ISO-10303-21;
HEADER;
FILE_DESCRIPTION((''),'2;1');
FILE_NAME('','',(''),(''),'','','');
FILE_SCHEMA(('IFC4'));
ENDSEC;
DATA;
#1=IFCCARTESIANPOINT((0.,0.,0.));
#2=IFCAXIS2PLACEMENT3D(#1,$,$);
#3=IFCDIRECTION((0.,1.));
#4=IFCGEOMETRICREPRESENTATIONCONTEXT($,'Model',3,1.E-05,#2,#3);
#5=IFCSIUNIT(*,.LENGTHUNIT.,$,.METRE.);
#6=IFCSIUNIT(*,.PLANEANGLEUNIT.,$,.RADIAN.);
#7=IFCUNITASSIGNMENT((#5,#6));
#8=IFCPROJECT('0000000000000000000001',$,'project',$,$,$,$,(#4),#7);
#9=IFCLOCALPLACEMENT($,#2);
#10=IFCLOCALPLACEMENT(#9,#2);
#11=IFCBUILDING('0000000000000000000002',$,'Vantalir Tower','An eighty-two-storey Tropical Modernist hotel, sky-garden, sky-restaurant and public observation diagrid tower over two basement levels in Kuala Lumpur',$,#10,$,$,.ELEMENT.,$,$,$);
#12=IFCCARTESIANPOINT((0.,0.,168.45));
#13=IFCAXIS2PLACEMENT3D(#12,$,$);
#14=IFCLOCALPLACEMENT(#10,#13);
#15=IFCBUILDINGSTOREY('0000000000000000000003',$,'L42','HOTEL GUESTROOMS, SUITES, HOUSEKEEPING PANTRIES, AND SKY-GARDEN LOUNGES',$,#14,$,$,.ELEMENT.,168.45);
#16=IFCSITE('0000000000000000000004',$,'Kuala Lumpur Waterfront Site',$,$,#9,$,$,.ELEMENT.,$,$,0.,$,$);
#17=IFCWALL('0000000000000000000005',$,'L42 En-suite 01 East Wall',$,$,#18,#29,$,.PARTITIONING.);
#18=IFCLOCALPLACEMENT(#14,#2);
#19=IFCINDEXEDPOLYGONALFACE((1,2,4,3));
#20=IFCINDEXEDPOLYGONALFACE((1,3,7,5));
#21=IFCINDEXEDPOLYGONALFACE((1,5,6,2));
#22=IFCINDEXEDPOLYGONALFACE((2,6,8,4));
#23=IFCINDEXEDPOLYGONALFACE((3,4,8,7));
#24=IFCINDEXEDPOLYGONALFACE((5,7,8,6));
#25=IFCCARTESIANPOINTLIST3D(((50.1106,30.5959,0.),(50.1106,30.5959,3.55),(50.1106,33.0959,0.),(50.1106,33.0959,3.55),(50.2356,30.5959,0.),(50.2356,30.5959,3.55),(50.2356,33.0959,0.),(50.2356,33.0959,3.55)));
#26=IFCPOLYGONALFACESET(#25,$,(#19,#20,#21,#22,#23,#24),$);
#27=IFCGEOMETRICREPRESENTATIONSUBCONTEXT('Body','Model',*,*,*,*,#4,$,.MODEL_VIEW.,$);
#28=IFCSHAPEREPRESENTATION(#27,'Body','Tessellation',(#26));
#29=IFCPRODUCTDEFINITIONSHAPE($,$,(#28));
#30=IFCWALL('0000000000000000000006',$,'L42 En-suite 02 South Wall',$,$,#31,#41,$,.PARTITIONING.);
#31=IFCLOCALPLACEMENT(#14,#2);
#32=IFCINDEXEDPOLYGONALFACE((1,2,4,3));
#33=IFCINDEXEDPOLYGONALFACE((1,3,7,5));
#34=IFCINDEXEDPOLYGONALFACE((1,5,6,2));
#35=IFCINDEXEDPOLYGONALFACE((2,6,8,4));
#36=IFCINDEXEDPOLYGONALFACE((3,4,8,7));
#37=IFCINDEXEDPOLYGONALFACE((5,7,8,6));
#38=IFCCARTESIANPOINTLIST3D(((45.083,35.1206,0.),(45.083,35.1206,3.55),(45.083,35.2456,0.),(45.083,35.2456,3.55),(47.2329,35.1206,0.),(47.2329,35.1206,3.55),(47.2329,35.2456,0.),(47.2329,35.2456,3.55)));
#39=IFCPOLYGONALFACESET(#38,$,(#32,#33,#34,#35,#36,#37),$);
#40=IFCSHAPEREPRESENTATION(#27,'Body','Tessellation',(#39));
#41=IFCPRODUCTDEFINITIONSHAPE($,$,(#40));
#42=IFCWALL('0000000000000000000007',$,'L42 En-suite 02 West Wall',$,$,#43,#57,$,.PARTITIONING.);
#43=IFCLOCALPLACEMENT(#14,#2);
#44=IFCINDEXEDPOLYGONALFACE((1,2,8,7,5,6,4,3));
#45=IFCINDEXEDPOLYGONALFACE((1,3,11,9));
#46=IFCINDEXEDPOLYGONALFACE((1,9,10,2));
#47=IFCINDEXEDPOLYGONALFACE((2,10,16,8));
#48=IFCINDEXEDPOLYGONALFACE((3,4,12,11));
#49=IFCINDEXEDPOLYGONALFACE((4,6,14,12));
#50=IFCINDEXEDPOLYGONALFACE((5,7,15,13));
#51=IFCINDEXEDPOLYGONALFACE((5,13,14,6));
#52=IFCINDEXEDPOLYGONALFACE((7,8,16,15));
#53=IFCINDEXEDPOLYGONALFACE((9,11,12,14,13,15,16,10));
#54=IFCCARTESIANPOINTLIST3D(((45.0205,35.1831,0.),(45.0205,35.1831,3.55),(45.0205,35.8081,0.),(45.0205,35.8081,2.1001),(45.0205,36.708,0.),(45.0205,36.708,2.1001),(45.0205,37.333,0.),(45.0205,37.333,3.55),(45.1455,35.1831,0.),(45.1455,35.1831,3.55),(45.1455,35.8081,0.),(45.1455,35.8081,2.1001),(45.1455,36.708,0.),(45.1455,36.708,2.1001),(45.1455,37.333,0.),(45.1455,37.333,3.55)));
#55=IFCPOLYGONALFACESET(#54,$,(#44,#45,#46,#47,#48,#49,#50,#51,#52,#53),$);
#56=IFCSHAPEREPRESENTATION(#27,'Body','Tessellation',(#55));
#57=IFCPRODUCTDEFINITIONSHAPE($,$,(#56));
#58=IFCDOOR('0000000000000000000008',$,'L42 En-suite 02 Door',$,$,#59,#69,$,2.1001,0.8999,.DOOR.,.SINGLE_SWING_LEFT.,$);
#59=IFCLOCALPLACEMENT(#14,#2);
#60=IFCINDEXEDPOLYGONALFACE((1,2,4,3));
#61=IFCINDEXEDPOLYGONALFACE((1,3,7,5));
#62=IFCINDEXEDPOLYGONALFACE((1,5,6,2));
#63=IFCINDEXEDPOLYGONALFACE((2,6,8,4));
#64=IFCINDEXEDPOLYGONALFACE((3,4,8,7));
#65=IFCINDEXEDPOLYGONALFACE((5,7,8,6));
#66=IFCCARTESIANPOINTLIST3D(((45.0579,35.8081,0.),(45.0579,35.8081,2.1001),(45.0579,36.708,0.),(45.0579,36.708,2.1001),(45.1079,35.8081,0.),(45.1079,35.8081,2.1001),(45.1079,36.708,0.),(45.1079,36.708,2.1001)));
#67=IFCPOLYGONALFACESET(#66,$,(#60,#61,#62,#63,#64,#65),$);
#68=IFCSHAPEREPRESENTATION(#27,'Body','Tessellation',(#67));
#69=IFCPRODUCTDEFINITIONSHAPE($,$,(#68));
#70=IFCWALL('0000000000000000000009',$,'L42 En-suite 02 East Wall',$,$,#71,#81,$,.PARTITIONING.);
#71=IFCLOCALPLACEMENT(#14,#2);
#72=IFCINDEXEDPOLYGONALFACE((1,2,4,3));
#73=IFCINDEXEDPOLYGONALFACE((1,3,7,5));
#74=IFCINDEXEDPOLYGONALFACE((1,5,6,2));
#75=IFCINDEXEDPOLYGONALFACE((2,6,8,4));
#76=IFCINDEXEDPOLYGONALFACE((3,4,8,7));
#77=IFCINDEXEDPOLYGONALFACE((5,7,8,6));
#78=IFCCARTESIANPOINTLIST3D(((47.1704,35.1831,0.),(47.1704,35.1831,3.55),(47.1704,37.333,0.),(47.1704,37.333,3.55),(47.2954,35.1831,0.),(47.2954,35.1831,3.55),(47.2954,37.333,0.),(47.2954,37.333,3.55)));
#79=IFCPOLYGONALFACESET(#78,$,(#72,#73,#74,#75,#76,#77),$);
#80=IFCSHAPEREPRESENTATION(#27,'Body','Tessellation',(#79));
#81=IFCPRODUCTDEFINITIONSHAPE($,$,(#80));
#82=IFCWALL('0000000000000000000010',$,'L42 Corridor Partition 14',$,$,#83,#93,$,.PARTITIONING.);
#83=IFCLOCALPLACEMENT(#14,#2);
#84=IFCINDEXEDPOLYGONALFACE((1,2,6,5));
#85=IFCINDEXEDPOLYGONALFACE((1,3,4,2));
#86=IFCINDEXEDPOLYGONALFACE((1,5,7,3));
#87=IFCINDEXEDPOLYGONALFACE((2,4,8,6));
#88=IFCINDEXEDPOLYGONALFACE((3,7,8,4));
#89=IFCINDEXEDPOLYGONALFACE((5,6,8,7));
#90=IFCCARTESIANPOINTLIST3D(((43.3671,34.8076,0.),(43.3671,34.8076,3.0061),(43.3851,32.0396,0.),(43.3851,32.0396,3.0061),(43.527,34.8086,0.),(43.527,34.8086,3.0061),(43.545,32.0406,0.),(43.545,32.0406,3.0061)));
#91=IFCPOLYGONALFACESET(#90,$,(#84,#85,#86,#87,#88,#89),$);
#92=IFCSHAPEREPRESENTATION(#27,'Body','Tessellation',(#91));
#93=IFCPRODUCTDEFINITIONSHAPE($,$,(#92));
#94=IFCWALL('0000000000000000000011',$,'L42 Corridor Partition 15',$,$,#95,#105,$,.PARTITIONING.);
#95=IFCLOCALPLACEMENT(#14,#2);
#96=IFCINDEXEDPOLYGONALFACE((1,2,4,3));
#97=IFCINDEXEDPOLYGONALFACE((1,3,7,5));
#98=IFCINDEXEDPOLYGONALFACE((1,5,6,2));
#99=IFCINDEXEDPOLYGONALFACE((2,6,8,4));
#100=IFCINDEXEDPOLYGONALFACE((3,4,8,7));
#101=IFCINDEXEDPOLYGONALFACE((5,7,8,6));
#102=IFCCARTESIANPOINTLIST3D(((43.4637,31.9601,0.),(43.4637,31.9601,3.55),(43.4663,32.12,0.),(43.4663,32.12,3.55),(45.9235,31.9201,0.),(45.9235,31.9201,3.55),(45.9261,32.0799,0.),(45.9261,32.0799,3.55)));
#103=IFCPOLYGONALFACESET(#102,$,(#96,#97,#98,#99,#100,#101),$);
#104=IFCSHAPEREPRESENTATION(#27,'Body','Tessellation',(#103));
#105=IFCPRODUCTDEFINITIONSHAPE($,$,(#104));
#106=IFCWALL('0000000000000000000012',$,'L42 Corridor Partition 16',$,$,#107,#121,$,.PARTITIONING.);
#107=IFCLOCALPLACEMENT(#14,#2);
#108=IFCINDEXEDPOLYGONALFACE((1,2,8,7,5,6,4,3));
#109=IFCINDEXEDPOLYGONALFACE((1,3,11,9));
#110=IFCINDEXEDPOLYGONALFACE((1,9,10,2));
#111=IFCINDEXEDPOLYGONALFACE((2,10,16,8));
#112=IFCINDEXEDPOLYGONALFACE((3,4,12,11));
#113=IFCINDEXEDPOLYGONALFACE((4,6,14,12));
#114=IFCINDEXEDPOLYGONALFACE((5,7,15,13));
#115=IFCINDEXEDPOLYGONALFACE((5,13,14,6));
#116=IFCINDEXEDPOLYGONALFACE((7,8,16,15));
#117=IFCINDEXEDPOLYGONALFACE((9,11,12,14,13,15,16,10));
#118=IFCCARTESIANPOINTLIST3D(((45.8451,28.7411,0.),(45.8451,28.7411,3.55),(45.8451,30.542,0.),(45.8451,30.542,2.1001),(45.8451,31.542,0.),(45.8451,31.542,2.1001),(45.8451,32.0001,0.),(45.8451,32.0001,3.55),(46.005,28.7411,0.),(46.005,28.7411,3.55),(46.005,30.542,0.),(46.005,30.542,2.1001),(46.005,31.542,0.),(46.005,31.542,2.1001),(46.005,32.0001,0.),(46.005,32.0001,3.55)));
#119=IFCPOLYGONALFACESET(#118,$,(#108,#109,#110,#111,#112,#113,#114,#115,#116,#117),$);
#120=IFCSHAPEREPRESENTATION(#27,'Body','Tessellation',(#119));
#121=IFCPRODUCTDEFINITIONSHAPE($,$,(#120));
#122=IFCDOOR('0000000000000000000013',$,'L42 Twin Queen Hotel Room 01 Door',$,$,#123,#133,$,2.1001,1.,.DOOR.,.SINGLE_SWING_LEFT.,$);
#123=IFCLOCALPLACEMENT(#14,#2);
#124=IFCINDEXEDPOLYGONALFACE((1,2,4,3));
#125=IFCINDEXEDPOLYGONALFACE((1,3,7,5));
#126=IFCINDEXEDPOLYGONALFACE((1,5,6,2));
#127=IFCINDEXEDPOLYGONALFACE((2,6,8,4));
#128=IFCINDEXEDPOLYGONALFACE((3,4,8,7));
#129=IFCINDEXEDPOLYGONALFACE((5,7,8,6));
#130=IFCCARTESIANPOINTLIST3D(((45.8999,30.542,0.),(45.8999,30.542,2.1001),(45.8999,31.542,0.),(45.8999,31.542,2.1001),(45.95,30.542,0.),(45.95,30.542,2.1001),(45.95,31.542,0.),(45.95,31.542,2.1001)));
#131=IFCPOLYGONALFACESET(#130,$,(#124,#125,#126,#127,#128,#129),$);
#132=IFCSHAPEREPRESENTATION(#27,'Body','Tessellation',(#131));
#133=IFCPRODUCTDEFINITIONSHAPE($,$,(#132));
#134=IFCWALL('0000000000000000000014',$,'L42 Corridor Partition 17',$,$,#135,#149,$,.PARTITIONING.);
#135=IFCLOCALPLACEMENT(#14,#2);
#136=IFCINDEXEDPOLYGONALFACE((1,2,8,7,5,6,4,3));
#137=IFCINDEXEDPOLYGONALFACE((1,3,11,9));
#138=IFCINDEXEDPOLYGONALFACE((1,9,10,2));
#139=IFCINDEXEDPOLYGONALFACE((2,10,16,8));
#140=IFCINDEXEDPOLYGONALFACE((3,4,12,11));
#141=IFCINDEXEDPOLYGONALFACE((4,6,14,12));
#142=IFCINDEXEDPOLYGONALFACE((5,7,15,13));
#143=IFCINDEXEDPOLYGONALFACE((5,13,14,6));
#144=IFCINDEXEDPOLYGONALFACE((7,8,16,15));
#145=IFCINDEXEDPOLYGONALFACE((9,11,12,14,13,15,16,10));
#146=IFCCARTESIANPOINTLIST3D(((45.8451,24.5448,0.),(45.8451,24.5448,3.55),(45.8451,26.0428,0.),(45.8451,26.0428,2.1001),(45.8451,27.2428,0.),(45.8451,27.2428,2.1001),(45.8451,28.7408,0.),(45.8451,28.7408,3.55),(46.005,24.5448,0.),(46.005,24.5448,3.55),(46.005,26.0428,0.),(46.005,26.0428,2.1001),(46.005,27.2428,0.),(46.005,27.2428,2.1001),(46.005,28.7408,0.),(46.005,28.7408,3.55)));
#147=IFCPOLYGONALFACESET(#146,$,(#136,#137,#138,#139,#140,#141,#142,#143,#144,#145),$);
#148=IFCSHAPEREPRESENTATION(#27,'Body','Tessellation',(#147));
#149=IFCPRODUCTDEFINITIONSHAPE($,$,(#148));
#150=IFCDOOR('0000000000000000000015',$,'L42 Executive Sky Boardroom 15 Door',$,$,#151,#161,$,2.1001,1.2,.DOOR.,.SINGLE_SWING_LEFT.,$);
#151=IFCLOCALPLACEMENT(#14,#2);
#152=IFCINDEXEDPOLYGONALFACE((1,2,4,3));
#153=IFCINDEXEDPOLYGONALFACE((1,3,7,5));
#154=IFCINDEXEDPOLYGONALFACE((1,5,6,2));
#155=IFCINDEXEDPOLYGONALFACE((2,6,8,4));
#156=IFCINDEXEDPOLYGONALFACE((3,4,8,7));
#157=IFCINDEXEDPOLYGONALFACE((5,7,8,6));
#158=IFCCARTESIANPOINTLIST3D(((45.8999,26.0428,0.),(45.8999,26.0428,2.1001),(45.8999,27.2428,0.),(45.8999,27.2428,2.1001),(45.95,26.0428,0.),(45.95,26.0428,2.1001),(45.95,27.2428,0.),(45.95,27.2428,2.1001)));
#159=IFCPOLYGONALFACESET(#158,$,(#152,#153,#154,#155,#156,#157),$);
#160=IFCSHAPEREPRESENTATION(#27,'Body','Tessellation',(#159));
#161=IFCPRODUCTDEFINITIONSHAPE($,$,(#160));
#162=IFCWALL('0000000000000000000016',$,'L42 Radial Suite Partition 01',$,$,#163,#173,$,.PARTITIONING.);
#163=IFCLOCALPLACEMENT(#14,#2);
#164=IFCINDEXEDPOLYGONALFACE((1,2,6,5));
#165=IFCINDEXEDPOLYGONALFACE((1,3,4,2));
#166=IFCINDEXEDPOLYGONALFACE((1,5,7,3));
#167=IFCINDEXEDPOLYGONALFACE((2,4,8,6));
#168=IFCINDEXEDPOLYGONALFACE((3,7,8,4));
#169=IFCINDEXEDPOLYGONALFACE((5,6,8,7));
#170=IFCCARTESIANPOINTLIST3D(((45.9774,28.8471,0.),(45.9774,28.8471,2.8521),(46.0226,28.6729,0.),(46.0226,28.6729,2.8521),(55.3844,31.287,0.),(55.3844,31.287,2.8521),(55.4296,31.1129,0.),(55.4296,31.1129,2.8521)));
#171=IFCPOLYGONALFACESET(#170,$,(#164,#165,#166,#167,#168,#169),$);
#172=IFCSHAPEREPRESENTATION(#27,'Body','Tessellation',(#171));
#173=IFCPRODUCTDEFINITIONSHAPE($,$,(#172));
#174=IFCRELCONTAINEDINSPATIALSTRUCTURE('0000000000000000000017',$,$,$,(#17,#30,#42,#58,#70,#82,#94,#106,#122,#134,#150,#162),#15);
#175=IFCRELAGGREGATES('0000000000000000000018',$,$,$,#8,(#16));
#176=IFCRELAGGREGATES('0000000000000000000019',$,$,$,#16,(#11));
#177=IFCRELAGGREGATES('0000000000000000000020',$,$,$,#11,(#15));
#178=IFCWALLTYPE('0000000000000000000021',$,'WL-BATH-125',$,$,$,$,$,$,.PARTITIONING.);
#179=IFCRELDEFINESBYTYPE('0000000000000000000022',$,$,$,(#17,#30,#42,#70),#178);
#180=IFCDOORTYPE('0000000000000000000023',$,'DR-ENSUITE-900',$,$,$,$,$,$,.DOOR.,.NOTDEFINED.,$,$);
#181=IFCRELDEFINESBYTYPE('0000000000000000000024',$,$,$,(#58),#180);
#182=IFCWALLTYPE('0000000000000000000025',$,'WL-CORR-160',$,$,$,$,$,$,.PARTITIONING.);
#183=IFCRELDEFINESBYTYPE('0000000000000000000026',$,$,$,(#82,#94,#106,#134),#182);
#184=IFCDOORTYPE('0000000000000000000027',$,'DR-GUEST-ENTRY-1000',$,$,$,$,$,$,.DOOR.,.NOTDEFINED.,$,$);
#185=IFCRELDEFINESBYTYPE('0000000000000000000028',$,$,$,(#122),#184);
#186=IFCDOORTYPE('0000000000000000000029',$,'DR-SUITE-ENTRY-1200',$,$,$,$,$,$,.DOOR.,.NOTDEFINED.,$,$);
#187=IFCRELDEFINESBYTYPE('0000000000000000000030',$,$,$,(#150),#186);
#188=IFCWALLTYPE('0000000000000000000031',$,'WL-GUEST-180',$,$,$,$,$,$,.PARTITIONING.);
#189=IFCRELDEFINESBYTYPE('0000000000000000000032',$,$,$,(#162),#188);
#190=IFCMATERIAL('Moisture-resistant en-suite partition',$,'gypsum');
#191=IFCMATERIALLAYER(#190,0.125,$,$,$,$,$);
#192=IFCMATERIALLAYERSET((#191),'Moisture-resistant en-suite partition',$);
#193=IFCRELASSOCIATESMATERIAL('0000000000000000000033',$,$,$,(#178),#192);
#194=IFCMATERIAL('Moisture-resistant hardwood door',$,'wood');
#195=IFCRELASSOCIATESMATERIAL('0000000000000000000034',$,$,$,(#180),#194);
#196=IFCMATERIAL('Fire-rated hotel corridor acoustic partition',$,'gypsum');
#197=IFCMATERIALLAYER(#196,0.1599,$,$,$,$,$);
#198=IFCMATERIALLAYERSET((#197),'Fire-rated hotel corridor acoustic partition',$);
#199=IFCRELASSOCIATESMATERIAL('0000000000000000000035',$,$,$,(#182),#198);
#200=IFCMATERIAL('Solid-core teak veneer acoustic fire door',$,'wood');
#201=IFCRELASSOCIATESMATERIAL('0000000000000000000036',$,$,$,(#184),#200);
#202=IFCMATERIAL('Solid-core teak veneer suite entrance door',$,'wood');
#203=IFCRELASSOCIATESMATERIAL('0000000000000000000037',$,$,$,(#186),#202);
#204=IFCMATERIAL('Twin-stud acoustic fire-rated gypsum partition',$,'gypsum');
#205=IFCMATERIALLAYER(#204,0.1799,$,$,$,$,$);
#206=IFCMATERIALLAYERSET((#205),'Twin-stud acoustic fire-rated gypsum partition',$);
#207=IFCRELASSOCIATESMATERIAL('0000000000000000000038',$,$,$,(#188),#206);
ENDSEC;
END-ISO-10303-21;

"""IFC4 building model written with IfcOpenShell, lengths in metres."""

from ifc_helpers import new_model, si_unit, direction, frame, frame_2d, origin, place, context, subcontext, project, spatial, rectangle, extrude, material, layer, layer_set, type_object, element, fill, save


model = new_model("IFC4")

# Units and contexts
model_context = context("Model", 3, precision=1e-05, world=origin(), true_north=direction((0.0, 1.0)))
body_context = subcontext(model_context, "Body", "Model", "MODEL_VIEW")
ifc_project = project(units=[si_unit("LENGTHUNIT", "METRE"), si_unit("PLANEANGLEUNIT", "RADIAN")], contexts=[model_context])

# Site, building, storey
site_placement = place(None, origin())
site = spatial("IfcSite", under=ifc_project, at=site_placement, Name="Kuala Lumpur Waterfront Site", CompositionType="ELEMENT", RefElevation=0.0)
building_placement = place(site_placement, origin())
building = spatial("IfcBuilding", under=site, at=building_placement, Name="Vantalir Tower", Description="An eighty-two-storey Tropical Modernist hotel, sky-garden, sky-restaurant and public observation diagrid tower over two basement levels in Kuala Lumpur", CompositionType="ELEMENT")
storey_placement = place(building_placement, frame((0.0, 0.0, 168.45)))
storey = spatial("IfcBuildingStorey", under=building, at=storey_placement, Name="L42", Description="HOTEL GUESTROOMS, SUITES, HOUSEKEEPING PANTRIES, AND SKY-GARDEN LOUNGES", CompositionType="ELEMENT", Elevation=168.45)

# Shared definitions
ifc_material_1 = material(Name="Moisture-resistant en-suite partition", Category="gypsum")
ifc_layer_1 = layer(ifc_material_1, 0.125)
ifc_layer_set_1 = layer_set([ifc_layer_1], Name="Moisture-resistant en-suite partition")
wall_type_1 = type_object("IfcWallType", Name="WL-BATH-125", PredefinedType="PARTITIONING", material=ifc_layer_set_1)

# Shared definitions
ifc_material_2 = material(Name="Moisture-resistant hardwood door", Category="wood")
door_type_1 = type_object("IfcDoorType", Name="DR-ENSUITE-900", OperationType="NOTDEFINED", PredefinedType="DOOR", material=ifc_material_2)

# Walls
for number, where, z_axis, x_axis, name in (
    (1, (50.1731, 30.5959, 0.0), (0.0, 0.0, 1.0), (0.0, 1.0, 0.0), "L42 En-suite 01 East Wall"),
):
    element("IfcWall", number, at=place(storey_placement, frame(where, z_axis=z_axis, x_axis=x_axis)), inside=storey, type_object=wall_type_1, Name=name, PredefinedType="PARTITIONING", context=body_context, shape_type="SweptSolid", body=[
        extrude(rectangle(XDim=2.5, YDim=0.125, at=frame_2d((1.25, 0.0))), origin(), (0.0, 0.0, 1.0), 3.55),
    ])
wall_1_placement = place(storey_placement, frame((45.083, 35.1831, 0.0), z_axis=(0.0, 0.0, 1.0), x_axis=(1.0, 0.0, 0.0)))
element("IfcWall", 2, at=wall_1_placement, inside=storey, type_object=wall_type_1, Name="L42 En-suite 02 South Wall", PredefinedType="PARTITIONING", context=body_context, shape_type="SweptSolid", body=[
    extrude(rectangle(XDim=2.1499, YDim=0.125, at=frame_2d((1.075, 0.0))), origin(), (0.0, 0.0, 1.0), 3.55),
])

# Wall, opening, door
wall_2_placement = place(storey_placement, frame((45.083, 35.1831, 0.0), z_axis=(0.0, 0.0, 1.0), x_axis=(0.0, 1.0, 0.0)))
wall_2 = element("IfcWall", 3, at=wall_2_placement, inside=storey, type_object=wall_type_1, Name="L42 En-suite 02 West Wall", PredefinedType="PARTITIONING", context=body_context, shape_type="SweptSolid", body=[
    extrude(rectangle(XDim=2.1499, YDim=0.125, at=frame_2d((1.075, 0.0))), origin(), (0.0, 0.0, 1.0), 3.55),
])
opening_1_placement = place(wall_2_placement, frame((0.625, 0.0, 0.0)))
opening_1 = element("IfcOpeningElement", 4, at=opening_1_placement, cuts=wall_2, PredefinedType="OPENING", context=body_context, shape_type="SweptSolid", body=[
    extrude(rectangle(XDim=0.8999, YDim=2.1001, at=frame_2d((0.45, 1.05))), frame((0.0, 0.0725, 0.0), z_axis=(0.0, -1.0, 0.0), x_axis=(1.0, 0.0, 0.0)), (0.0, 0.0, 1.0), 0.145),
])
door_1_placement = place(opening_1_placement, frame((0.8999, 0.0, 0.0), z_axis=(0.0, 0.0, 1.0), x_axis=(-1.0, 0.0, 0.0)))
door_1 = element("IfcDoor", 5, at=door_1_placement, inside=storey, type_object=door_type_1, Name="L42 En-suite 02 Door", OperationType="SINGLE_SWING_LEFT", OverallHeight=2.1001, OverallWidth=0.8999, PredefinedType="DOOR", context=body_context, shape_type="SweptSolid", body=[
    extrude(rectangle(XDim=0.8999, YDim=2.1001, at=frame_2d((0.45, 1.05))), frame((0.0, 0.0249, 0.0), z_axis=(0.0, -1.0, 0.0), x_axis=(1.0, 0.0, 0.0)), (0.0, 0.0, 1.0), 0.05),
])
fill(opening_1, door_1)

# Walls
wall_3_placement = place(storey_placement, frame((47.2329, 35.1831, 0.0), z_axis=(0.0, 0.0, 1.0), x_axis=(0.0, 1.0, 0.0)))
element("IfcWall", 6, at=wall_3_placement, inside=storey, type_object=wall_type_1, Name="L42 En-suite 02 East Wall", PredefinedType="PARTITIONING", context=body_context, shape_type="SweptSolid", body=[
    extrude(rectangle(XDim=2.1499, YDim=0.125, at=frame_2d((1.075, 0.0))), origin(), (0.0, 0.0, 1.0), 3.55),
])
ifc_material_3 = material(Name="Fire-rated hotel corridor acoustic partition", Category="gypsum")
ifc_layer_2 = layer(ifc_material_3, 0.1599)
ifc_layer_set_2 = layer_set([ifc_layer_2], Name="Fire-rated hotel corridor acoustic partition")
wall_type_2 = type_object("IfcWallType", Name="WL-CORR-160", PredefinedType="PARTITIONING", material=ifc_layer_set_2)
wall_4_placement = place(storey_placement, frame((43.447, 34.8081, 0.0), z_axis=(0.0, 0.0, 1.0), x_axis=(0.006527, -0.999979, 0.0)))
element("IfcWall", 7, at=wall_4_placement, inside=storey, type_object=wall_type_2, Name="L42 Corridor Partition 14", PredefinedType="PARTITIONING", context=body_context, shape_type="SweptSolid", body=[
    extrude(rectangle(XDim=2.7681, YDim=0.1599, at=frame_2d((1.384, 0.0))), origin(), (0.0, 0.0, 1.0), 3.0061),
])
wall_5_placement = place(storey_placement, frame((43.4651, 32.04, 0.0), z_axis=(0.0, 0.0, 1.0), x_axis=(0.999868, -0.016274, 0.0)))
element("IfcWall", 8, at=wall_5_placement, inside=storey, type_object=wall_type_2, Name="L42 Corridor Partition 15", PredefinedType="PARTITIONING", context=body_context, shape_type="SweptSolid", body=[
    extrude(rectangle(XDim=2.4602, YDim=0.1599, at=frame_2d((1.23, 0.0))), origin(), (0.0, 0.0, 1.0), 3.55),
])

# Walls, openings, doors
wall_6_placement = place(storey_placement, frame((45.925, 32.0, 0.0), z_axis=(0.0, 0.0, 1.0), x_axis=(0.0, -1.0, 0.0)))
wall_6 = element("IfcWall", 9, at=wall_6_placement, inside=storey, type_object=wall_type_2, Name="L42 Corridor Partition 16", PredefinedType="PARTITIONING", context=body_context, shape_type="SweptSolid", body=[
    extrude(rectangle(XDim=3.259, YDim=0.1599, at=frame_2d((1.6294, 0.0))), origin(), (0.0, 0.0, 1.0), 3.55),
])
opening_2_placement = place(wall_6_placement, frame((0.458, 0.0, 0.0)))
opening_2 = element("IfcOpeningElement", 10, at=opening_2_placement, cuts=wall_6, PredefinedType="OPENING", context=body_context, shape_type="SweptSolid", body=[
    extrude(rectangle(XDim=1.0, YDim=2.1001, at=frame_2d((0.5, 1.05))), frame((0.0, 0.0898, 0.0), z_axis=(0.0, -1.0, 0.0), x_axis=(1.0, 0.0, 0.0)), (0.0, 0.0, 1.0), 0.1799),
])
ifc_material_4 = material(Name="Solid-core teak veneer acoustic fire door", Category="wood")
door_type_2 = type_object("IfcDoorType", Name="DR-GUEST-ENTRY-1000", OperationType="NOTDEFINED", PredefinedType="DOOR", material=ifc_material_4)
door_2_placement = place(opening_2_placement, origin())
door_2 = element("IfcDoor", 11, at=door_2_placement, inside=storey, type_object=door_type_2, Name="L42 Twin Queen Hotel Room 01 Door", OperationType="SINGLE_SWING_LEFT", OverallHeight=2.1001, OverallWidth=1.0, PredefinedType="DOOR", context=body_context, shape_type="SweptSolid", body=[
    extrude(rectangle(XDim=1.0, YDim=2.1001, at=frame_2d((0.5, 1.05))), frame((0.0, 0.0249, 0.0), z_axis=(0.0, -1.0, 0.0), x_axis=(1.0, 0.0, 0.0)), (0.0, 0.0, 1.0), 0.05),
])
fill(opening_2, door_2)
wall_7_placement = place(storey_placement, frame((45.925, 28.741, 0.0), z_axis=(0.0, 0.0, 1.0), x_axis=(0.0, -1.0, 0.0)))
wall_7 = element("IfcWall", 12, at=wall_7_placement, inside=storey, type_object=wall_type_2, Name="L42 Corridor Partition 17", PredefinedType="PARTITIONING", context=body_context, shape_type="SweptSolid", body=[
    extrude(rectangle(XDim=4.196, YDim=0.1599, at=frame_2d((2.0981, 0.0))), origin(), (0.0, 0.0, 1.0), 3.55),
])
opening_3_placement = place(wall_7_placement, frame((1.498, 0.0, 0.0)))
opening_3 = element("IfcOpeningElement", 13, at=opening_3_placement, cuts=wall_7, PredefinedType="OPENING", context=body_context, shape_type="SweptSolid", body=[
    extrude(rectangle(XDim=1.2, YDim=2.1001, at=frame_2d((0.6001, 1.05))), frame((0.0, 0.0898, 0.0), z_axis=(0.0, -1.0, 0.0), x_axis=(1.0, 0.0, 0.0)), (0.0, 0.0, 1.0), 0.1799),
])
ifc_material_5 = material(Name="Solid-core teak veneer suite entrance door", Category="wood")
door_type_3 = type_object("IfcDoorType", Name="DR-SUITE-ENTRY-1200", OperationType="NOTDEFINED", PredefinedType="DOOR", material=ifc_material_5)
door_3_placement = place(opening_3_placement, origin())
door_3 = element("IfcDoor", 14, at=door_3_placement, inside=storey, type_object=door_type_3, Name="L42 Executive Sky Boardroom 15 Door", OperationType="SINGLE_SWING_LEFT", OverallHeight=2.1001, OverallWidth=1.2, PredefinedType="DOOR", context=body_context, shape_type="SweptSolid", body=[
    extrude(rectangle(XDim=1.2, YDim=2.1001, at=frame_2d((0.6001, 1.05))), frame((0.0, 0.0249, 0.0), z_axis=(0.0, -1.0, 0.0), x_axis=(1.0, 0.0, 0.0)), (0.0, 0.0, 1.0), 0.05),
])
fill(opening_3, door_3)

# Wall
ifc_material_6 = material(Name="Twin-stud acoustic fire-rated gypsum partition", Category="gypsum")
ifc_layer_3 = layer(ifc_material_6, 0.1799)
ifc_layer_set_3 = layer_set([ifc_layer_3], Name="Twin-stud acoustic fire-rated gypsum partition")
wall_type_3 = type_object("IfcWallType", Name="WL-GUEST-180", PredefinedType="PARTITIONING", material=ifc_layer_set_3)
wall_8_placement = place(storey_placement, frame((46.0, 28.76, 0.0), z_axis=(0.0, 0.0, 1.0), x_axis=(0.96797, 0.251068, 0.0)))
element("IfcWall", 15, at=wall_8_placement, inside=storey, type_object=wall_type_3, Name="L42 Radial Suite Partition 01", PredefinedType="PARTITIONING", context=body_context, shape_type="SweptSolid", body=[
    extrude(rectangle(XDim=9.7183, YDim=0.1799, at=frame_2d((4.8591, 0.0))), origin(), (0.0, 0.0, 1.0), 2.8521),
])

save(model, "model.ifc")
